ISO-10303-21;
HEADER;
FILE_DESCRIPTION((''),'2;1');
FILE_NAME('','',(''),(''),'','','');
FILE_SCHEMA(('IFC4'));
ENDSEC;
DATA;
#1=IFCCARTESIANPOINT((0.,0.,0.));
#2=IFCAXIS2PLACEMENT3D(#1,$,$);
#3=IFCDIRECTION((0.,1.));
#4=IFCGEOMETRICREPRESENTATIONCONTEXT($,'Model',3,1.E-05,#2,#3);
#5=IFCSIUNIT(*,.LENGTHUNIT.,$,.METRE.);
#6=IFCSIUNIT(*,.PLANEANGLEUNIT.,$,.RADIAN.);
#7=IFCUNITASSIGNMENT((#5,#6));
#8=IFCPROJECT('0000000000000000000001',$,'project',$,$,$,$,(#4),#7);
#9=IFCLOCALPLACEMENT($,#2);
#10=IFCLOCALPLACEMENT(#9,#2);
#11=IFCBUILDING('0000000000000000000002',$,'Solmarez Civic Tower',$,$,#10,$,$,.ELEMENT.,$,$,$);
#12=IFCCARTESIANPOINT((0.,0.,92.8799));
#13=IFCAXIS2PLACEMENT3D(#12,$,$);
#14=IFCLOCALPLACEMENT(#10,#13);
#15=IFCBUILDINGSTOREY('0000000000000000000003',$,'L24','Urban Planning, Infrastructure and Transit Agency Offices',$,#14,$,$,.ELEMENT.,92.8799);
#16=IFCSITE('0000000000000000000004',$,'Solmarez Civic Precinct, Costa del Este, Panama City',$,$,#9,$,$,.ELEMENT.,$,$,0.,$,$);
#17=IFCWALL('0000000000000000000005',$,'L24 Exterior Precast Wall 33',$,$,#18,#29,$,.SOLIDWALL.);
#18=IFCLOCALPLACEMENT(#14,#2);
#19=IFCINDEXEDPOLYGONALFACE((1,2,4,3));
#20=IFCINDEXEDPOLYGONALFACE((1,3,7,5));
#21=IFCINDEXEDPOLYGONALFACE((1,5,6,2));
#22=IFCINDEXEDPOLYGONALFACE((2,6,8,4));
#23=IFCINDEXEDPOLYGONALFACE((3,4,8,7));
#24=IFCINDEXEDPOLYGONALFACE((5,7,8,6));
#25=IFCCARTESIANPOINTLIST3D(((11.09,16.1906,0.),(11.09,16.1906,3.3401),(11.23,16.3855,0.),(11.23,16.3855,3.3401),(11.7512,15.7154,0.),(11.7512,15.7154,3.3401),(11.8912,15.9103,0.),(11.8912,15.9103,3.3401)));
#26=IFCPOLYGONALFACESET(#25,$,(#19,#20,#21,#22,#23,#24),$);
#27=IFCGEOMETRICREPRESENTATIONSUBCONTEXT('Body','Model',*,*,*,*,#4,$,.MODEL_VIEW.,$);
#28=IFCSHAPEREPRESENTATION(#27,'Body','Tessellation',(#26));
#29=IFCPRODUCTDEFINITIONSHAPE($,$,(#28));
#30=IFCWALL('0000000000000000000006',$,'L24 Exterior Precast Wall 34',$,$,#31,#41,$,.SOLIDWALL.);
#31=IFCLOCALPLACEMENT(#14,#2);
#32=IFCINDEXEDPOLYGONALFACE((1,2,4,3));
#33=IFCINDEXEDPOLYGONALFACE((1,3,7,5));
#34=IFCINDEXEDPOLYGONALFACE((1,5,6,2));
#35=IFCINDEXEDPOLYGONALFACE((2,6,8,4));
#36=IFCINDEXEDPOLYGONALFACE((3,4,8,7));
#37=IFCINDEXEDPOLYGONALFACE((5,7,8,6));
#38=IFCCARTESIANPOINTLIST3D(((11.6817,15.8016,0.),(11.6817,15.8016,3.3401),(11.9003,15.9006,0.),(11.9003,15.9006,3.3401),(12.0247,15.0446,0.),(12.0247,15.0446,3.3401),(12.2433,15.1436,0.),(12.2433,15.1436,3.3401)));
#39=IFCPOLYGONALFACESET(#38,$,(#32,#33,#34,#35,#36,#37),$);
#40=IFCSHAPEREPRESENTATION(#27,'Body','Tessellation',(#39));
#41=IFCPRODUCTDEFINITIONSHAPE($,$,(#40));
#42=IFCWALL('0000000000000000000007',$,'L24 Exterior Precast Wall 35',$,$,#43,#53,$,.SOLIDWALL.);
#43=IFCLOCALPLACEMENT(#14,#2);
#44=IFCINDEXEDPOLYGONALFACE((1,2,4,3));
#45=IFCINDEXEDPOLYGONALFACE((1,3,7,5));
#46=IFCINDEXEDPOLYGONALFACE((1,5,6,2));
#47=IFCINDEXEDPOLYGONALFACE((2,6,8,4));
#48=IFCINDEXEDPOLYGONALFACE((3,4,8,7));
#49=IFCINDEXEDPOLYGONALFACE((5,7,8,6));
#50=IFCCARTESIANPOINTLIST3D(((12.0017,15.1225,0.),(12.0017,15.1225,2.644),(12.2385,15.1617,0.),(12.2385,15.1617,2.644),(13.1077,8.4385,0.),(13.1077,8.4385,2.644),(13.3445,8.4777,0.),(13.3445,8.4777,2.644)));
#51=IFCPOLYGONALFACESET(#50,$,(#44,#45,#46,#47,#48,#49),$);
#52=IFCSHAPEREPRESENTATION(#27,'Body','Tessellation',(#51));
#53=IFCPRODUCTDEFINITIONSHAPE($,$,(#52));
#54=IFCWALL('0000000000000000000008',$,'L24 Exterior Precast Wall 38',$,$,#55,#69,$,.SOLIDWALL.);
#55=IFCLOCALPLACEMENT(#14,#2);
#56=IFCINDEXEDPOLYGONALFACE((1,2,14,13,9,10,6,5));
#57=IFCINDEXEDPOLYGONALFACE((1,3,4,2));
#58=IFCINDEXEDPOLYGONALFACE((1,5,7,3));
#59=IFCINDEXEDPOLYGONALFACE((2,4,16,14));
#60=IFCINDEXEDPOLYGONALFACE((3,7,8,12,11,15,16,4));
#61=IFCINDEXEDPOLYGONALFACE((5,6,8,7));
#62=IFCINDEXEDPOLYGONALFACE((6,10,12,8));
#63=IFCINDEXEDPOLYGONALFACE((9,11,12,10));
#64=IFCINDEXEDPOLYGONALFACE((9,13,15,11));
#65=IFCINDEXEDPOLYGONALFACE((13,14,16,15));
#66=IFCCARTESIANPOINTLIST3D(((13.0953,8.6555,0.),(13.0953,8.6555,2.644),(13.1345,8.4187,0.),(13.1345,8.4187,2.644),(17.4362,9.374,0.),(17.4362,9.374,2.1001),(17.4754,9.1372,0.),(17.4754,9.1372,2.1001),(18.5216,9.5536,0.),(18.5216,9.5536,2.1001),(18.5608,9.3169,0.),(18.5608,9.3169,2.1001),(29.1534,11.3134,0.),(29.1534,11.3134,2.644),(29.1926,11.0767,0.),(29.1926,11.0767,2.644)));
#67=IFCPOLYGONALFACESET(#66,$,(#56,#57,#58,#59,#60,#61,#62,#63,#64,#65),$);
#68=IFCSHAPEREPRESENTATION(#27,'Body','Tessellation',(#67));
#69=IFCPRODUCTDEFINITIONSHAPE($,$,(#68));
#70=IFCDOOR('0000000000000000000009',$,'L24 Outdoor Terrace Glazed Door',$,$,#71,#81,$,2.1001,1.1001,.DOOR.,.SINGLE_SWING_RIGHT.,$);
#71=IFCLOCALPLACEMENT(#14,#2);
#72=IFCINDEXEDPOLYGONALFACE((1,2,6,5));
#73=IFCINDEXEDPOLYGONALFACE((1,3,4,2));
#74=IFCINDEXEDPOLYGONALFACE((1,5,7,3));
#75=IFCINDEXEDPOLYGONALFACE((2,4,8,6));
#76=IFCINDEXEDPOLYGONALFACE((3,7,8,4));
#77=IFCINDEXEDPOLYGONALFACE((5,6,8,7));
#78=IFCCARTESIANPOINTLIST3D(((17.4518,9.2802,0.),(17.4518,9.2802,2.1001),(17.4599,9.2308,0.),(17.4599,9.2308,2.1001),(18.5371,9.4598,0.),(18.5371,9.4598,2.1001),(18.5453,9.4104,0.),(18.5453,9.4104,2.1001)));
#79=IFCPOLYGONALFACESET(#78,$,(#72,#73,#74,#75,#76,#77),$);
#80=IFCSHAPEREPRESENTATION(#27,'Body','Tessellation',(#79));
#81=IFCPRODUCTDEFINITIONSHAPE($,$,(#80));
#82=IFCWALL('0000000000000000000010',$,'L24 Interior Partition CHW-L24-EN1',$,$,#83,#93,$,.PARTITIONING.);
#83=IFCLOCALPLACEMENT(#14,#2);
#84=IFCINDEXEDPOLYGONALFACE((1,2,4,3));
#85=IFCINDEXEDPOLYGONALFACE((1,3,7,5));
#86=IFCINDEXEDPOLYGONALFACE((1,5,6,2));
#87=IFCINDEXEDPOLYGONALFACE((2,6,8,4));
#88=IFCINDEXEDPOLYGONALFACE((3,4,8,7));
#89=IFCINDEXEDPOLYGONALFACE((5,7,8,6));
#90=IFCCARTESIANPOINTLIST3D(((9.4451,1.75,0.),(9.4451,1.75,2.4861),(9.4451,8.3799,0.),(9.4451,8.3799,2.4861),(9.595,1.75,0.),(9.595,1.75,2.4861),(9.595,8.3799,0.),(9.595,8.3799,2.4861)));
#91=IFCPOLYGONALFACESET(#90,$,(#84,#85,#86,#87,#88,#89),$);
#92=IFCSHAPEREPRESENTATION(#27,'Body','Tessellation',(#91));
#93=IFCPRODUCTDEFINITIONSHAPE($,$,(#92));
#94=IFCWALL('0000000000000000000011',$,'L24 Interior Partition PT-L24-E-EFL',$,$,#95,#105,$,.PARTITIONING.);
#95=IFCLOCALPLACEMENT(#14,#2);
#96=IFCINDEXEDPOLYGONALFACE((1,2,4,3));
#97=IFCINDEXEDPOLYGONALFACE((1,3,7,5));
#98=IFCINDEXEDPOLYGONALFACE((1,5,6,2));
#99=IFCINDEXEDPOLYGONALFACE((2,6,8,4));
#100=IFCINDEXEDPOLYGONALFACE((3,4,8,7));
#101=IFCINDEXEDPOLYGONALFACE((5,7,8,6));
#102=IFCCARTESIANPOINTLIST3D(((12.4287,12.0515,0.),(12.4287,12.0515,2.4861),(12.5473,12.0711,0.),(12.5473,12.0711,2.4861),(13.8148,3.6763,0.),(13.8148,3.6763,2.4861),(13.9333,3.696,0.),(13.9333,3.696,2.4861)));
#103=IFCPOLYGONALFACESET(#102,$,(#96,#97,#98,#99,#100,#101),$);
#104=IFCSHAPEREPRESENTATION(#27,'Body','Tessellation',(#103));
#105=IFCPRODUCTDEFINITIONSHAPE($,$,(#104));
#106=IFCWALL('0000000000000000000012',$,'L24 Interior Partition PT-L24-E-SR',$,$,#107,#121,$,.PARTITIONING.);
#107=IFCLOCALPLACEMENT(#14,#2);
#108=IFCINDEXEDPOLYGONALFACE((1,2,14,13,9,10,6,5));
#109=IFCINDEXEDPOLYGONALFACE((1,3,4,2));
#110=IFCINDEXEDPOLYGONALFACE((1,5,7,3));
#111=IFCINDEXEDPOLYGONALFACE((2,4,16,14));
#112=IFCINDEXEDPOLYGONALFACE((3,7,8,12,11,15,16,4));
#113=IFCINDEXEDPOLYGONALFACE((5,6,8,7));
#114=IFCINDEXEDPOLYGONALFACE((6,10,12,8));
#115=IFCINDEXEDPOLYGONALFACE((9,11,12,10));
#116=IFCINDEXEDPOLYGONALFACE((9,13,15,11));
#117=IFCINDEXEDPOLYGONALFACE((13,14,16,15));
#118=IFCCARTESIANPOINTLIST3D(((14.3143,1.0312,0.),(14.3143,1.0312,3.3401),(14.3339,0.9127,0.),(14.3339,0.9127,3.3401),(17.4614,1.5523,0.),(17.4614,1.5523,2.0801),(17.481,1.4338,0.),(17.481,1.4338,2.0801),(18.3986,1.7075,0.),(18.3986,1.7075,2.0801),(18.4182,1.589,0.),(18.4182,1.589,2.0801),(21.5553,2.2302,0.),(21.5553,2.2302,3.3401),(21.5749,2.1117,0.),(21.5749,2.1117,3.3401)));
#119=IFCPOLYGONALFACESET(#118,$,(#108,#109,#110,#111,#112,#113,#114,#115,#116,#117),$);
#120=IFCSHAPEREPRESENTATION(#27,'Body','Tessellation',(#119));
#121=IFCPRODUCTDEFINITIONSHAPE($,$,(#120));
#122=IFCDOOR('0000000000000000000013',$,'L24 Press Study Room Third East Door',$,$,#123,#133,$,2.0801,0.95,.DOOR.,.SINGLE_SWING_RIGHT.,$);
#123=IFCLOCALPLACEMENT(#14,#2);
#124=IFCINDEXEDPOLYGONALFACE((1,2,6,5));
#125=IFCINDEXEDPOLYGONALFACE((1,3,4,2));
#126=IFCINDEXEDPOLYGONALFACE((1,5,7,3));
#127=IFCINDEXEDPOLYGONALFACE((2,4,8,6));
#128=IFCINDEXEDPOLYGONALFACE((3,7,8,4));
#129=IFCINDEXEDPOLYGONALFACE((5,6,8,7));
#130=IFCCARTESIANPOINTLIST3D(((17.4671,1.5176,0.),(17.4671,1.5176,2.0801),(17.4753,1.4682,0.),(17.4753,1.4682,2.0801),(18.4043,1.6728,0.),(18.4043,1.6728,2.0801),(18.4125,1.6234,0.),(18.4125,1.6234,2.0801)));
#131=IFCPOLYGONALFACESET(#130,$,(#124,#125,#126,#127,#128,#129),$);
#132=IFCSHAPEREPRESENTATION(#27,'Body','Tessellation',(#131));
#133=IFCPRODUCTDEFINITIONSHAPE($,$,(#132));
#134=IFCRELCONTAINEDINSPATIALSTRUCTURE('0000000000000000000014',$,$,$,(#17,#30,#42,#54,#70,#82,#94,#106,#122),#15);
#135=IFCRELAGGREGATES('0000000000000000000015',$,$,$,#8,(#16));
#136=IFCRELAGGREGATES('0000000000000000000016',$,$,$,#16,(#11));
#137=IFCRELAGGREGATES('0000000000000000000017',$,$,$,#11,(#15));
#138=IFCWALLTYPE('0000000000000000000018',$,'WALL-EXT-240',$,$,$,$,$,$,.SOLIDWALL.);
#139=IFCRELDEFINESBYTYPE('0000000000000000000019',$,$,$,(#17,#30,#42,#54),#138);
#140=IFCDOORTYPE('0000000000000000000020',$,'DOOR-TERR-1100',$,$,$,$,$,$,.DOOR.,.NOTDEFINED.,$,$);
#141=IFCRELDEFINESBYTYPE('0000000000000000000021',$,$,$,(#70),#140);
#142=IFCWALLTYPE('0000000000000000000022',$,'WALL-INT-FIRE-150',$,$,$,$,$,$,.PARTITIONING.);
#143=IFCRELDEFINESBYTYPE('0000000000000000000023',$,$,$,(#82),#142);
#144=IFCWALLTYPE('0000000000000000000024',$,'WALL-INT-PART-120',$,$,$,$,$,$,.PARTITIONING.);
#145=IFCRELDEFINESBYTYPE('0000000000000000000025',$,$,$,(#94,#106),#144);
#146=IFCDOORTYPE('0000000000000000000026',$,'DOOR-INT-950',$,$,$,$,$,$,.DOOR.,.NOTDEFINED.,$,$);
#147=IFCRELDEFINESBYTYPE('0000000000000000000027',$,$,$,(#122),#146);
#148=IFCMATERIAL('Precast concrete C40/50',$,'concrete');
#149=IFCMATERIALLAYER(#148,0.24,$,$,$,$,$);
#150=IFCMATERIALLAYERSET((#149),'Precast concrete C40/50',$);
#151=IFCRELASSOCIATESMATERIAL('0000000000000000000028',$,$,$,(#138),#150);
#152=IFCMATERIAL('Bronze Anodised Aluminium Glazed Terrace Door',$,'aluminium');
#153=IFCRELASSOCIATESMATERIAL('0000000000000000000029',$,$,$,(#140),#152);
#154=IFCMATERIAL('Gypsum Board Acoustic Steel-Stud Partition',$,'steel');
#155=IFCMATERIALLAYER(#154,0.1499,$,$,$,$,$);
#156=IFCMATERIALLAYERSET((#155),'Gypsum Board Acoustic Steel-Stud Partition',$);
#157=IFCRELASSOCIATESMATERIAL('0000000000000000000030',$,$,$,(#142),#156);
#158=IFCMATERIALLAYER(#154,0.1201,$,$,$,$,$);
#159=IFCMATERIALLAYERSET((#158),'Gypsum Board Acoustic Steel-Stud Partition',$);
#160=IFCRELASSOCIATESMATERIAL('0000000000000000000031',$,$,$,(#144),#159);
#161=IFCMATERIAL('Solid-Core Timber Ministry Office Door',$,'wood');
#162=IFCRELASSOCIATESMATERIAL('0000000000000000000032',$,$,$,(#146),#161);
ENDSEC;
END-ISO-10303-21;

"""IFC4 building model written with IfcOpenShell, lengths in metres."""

from ifc_helpers import new_model, si_unit, direction, frame, frame_2d, origin, place, context, subcontext, project, spatial, rectangle, extrude, material, layer, layer_set, type_object, element, fill, save


model = new_model("IFC4")

# Units and contexts
model_context = context("Model", 3, precision=1e-05, world=origin(), true_north=direction((0.0, 1.0)))
body_context = subcontext(model_context, "Body", "Model", "MODEL_VIEW")
ifc_project = project(units=[si_unit("LENGTHUNIT", "METRE"), si_unit("PLANEANGLEUNIT", "RADIAN")], contexts=[model_context])

# Site, building, storey
site_placement = place(None, origin())
site = spatial("IfcSite", under=ifc_project, at=site_placement, Name="Solmarez Civic Precinct, Costa del Este, Panama City", CompositionType="ELEMENT", RefElevation=0.0)
building_placement = place(site_placement, origin())
building = spatial("IfcBuilding", under=site, at=building_placement, Name="Solmarez Civic Tower", CompositionType="ELEMENT")
storey_placement = place(building_placement, frame((0.0, 0.0, 92.8799)))
storey = spatial("IfcBuildingStorey", under=building, at=storey_placement, Name="L24", Description="Urban Planning, Infrastructure and Transit Agency Offices", CompositionType="ELEMENT", Elevation=92.8799)

# Walls
ifc_material_1 = material(Name="Precast concrete C40/50", Category="concrete")
ifc_layer_1 = layer(ifc_material_1, 0.24)
ifc_layer_set_1 = layer_set([ifc_layer_1], Name="Precast concrete C40/50")
wall_type_1 = type_object("IfcWallType", Name="WALL-EXT-240", PredefinedType="SOLIDWALL", material=ifc_layer_set_1)
wall_1_placement = place(storey_placement, frame((11.1599, 16.2881, 0.0), z_axis=(0.0, 0.0, 1.0), x_axis=(0.812069, -0.583562, 0.0)))
element("IfcWall", 1, at=wall_1_placement, inside=storey, type_object=wall_type_1, Name="L24 Exterior Precast Wall 33", PredefinedType="SOLIDWALL", context=body_context, shape_type="SweptSolid", body=[
    extrude(rectangle(XDim=0.8142, YDim=0.24, at=frame_2d((0.4072, 0.0))), origin(), (0.0, 0.0, 1.0), 3.3401),
])
wall_2_placement = place(storey_placement, frame((11.791, 15.8511, 0.0), z_axis=(0.0, 0.0, 1.0), x_axis=(0.412696, -0.910869, 0.0)))
element("IfcWall", 2, at=wall_2_placement, inside=storey, type_object=wall_type_1, Name="L24 Exterior Precast Wall 34", PredefinedType="SOLIDWALL", context=body_context, shape_type="SweptSolid", body=[
    extrude(rectangle(XDim=0.8311, YDim=0.24, at=frame_2d((0.4155, 0.0))), origin(), (0.0, 0.0, 1.0), 3.3401),
])
wall_3_placement = place(storey_placement, frame((12.1201, 15.1421, 0.0), z_axis=(0.0, 0.0, 1.0), x_axis=(0.163242, -0.986586, 0.0)))
element("IfcWall", 3, at=wall_3_placement, inside=storey, type_object=wall_type_1, Name="L24 Exterior Precast Wall 35", PredefinedType="SOLIDWALL", context=body_context, shape_type="SweptSolid", body=[
    extrude(rectangle(XDim=6.7749, YDim=0.24, at=frame_2d((3.3875, 0.0))), origin(), (0.0, 0.0, 1.0), 2.644),
])

# Wall, opening, door
wall_4_placement = place(storey_placement, frame((13.115, 8.5371, 0.0), z_axis=(0.0, 0.0, 1.0), x_axis=(0.986577, 0.163299, 0.0)))
wall_4 = element("IfcWall", 4, at=wall_4_placement, inside=storey, type_object=wall_type_1, Name="L24 Exterior Precast Wall 38", PredefinedType="SOLIDWALL", context=body_context, shape_type="SweptSolid", body=[
    extrude(rectangle(XDim=16.2766, YDim=0.24, at=frame_2d((8.1382, 0.0))), origin(), (0.0, 0.0, 1.0), 2.644),
])
opening_1_placement = place(wall_4_placement, frame((4.3999, 0.0, 0.0)))
opening_1 = element("IfcOpeningElement", 5, at=opening_1_placement, cuts=wall_4, PredefinedType="OPENING", context=body_context, shape_type="SweptSolid", body=[
    extrude(rectangle(XDim=1.1001, YDim=2.1001, at=frame_2d((0.55, 1.05))), frame((0.0, 0.1299, 0.0), z_axis=(0.0, -1.0, 0.0), x_axis=(1.0, 0.0, 0.0)), (0.0, 0.0, 1.0), 0.26),
])
ifc_material_2 = material(Name="Bronze Anodised Aluminium Glazed Terrace Door", Category="aluminium")
door_type_1 = type_object("IfcDoorType", Name="DOOR-TERR-1100", OperationType="NOTDEFINED", PredefinedType="DOOR", material=ifc_material_2)
door_1_placement = place(opening_1_placement, origin())
door_1 = element("IfcDoor", 6, at=door_1_placement, inside=storey, type_object=door_type_1, Name="L24 Outdoor Terrace Glazed Door", OperationType="SINGLE_SWING_RIGHT", OverallHeight=2.1001, OverallWidth=1.1001, PredefinedType="DOOR", context=body_context, shape_type="SweptSolid", body=[
    extrude(rectangle(XDim=1.1001, YDim=2.1001, at=frame_2d((0.55, 1.05))), frame((0.0, 0.0249, 0.0), z_axis=(0.0, -1.0, 0.0), x_axis=(1.0, 0.0, 0.0)), (0.0, 0.0, 1.0), 0.05),
])
fill(opening_1, door_1)

# Walls
ifc_material_3 = material(Name="Gypsum Board Acoustic Steel-Stud Partition", Category="steel")
ifc_layer_2 = layer(ifc_material_3, 0.1499)
ifc_layer_set_2 = layer_set([ifc_layer_2], Name="Gypsum Board Acoustic Steel-Stud Partition")
wall_type_2 = type_object("IfcWallType", Name="WALL-INT-FIRE-150", PredefinedType="PARTITIONING", material=ifc_layer_set_2)
wall_5_placement = place(storey_placement, frame((9.52, 1.75, 0.0), z_axis=(0.0, 0.0, 1.0), x_axis=(0.0, 1.0, 0.0)))
element("IfcWall", 7, at=wall_5_placement, inside=storey, type_object=wall_type_2, Name="L24 Interior Partition CHW-L24-EN1", PredefinedType="PARTITIONING", context=body_context, shape_type="SweptSolid", body=[
    extrude(rectangle(XDim=6.6299, YDim=0.1499, at=frame_2d((3.3149, 0.0))), origin(), (0.0, 0.0, 1.0), 2.4861),
])
ifc_layer_3 = layer(ifc_material_3, 0.1201)
ifc_layer_set_3 = layer_set([ifc_layer_3], Name="Gypsum Board Acoustic Steel-Stud Partition")
wall_type_3 = type_object("IfcWallType", Name="WALL-INT-PART-120", PredefinedType="PARTITIONING", material=ifc_layer_set_3)
wall_6_placement = place(storey_placement, frame((13.874, 3.686, 0.0), z_axis=(0.0, 0.0, 1.0), x_axis=(-0.16327, 0.986581, 0.0)))
element("IfcWall", 8, at=wall_6_placement, inside=storey, type_object=wall_type_3, Name="L24 Interior Partition PT-L24-E-EFL", PredefinedType="PARTITIONING", context=body_context, shape_type="SweptSolid", body=[
    extrude(rectangle(XDim=8.489, YDim=0.1201, at=frame_2d((4.2446, 0.0))), origin(), (0.0, 0.0, 1.0), 2.4861),
])

# Wall, opening, door
wall_7_placement = place(storey_placement, frame((14.324, 0.9719, 0.0), z_axis=(0.0, 0.0, 1.0), x_axis=(0.986567, 0.163358, 0.0)))
wall_7 = element("IfcWall", 9, at=wall_7_placement, inside=storey, type_object=wall_type_3, Name="L24 Interior Partition PT-L24-E-SR", PredefinedType="PARTITIONING", context=body_context, shape_type="SweptSolid", body=[
    extrude(rectangle(XDim=7.3396, YDim=0.1201, at=frame_2d((3.6699, 0.0))), origin(), (0.0, 0.0, 1.0), 3.3401),
])
opening_2_placement = place(wall_7_placement, frame((3.1899, 0.0, 0.0)))
opening_2 = element("IfcOpeningElement", 10, at=opening_2_placement, cuts=wall_7, PredefinedType="OPENING", context=body_context, shape_type="SweptSolid", body=[
    extrude(rectangle(XDim=0.95, YDim=2.0801, at=frame_2d((0.4751, 1.04))), frame((0.0, 0.0701, 0.0), z_axis=(0.0, -1.0, 0.0), x_axis=(1.0, 0.0, 0.0)), (0.0, 0.0, 1.0), 0.1401),
])
ifc_material_4 = material(Name="Solid-Core Timber Ministry Office Door", Category="wood")
door_type_2 = type_object("IfcDoorType", Name="DOOR-INT-950", OperationType="NOTDEFINED", PredefinedType="DOOR", material=ifc_material_4)
door_2_placement = place(opening_2_placement, origin())
door_2 = element("IfcDoor", 11, at=door_2_placement, inside=storey, type_object=door_type_2, Name="L24 Press Study Room Third East Door", OperationType="SINGLE_SWING_RIGHT", OverallHeight=2.0801, OverallWidth=0.95, PredefinedType="DOOR", context=body_context, shape_type="SweptSolid", body=[
    extrude(rectangle(XDim=0.95, YDim=2.0801, at=frame_2d((0.4751, 1.04))), frame((0.0, 0.0249, 0.0), z_axis=(0.0, -1.0, 0.0), x_axis=(1.0, 0.0, 0.0)), (0.0, 0.0, 1.0), 0.05),
])
fill(opening_2, door_2)

save(model, "model.ifc")
